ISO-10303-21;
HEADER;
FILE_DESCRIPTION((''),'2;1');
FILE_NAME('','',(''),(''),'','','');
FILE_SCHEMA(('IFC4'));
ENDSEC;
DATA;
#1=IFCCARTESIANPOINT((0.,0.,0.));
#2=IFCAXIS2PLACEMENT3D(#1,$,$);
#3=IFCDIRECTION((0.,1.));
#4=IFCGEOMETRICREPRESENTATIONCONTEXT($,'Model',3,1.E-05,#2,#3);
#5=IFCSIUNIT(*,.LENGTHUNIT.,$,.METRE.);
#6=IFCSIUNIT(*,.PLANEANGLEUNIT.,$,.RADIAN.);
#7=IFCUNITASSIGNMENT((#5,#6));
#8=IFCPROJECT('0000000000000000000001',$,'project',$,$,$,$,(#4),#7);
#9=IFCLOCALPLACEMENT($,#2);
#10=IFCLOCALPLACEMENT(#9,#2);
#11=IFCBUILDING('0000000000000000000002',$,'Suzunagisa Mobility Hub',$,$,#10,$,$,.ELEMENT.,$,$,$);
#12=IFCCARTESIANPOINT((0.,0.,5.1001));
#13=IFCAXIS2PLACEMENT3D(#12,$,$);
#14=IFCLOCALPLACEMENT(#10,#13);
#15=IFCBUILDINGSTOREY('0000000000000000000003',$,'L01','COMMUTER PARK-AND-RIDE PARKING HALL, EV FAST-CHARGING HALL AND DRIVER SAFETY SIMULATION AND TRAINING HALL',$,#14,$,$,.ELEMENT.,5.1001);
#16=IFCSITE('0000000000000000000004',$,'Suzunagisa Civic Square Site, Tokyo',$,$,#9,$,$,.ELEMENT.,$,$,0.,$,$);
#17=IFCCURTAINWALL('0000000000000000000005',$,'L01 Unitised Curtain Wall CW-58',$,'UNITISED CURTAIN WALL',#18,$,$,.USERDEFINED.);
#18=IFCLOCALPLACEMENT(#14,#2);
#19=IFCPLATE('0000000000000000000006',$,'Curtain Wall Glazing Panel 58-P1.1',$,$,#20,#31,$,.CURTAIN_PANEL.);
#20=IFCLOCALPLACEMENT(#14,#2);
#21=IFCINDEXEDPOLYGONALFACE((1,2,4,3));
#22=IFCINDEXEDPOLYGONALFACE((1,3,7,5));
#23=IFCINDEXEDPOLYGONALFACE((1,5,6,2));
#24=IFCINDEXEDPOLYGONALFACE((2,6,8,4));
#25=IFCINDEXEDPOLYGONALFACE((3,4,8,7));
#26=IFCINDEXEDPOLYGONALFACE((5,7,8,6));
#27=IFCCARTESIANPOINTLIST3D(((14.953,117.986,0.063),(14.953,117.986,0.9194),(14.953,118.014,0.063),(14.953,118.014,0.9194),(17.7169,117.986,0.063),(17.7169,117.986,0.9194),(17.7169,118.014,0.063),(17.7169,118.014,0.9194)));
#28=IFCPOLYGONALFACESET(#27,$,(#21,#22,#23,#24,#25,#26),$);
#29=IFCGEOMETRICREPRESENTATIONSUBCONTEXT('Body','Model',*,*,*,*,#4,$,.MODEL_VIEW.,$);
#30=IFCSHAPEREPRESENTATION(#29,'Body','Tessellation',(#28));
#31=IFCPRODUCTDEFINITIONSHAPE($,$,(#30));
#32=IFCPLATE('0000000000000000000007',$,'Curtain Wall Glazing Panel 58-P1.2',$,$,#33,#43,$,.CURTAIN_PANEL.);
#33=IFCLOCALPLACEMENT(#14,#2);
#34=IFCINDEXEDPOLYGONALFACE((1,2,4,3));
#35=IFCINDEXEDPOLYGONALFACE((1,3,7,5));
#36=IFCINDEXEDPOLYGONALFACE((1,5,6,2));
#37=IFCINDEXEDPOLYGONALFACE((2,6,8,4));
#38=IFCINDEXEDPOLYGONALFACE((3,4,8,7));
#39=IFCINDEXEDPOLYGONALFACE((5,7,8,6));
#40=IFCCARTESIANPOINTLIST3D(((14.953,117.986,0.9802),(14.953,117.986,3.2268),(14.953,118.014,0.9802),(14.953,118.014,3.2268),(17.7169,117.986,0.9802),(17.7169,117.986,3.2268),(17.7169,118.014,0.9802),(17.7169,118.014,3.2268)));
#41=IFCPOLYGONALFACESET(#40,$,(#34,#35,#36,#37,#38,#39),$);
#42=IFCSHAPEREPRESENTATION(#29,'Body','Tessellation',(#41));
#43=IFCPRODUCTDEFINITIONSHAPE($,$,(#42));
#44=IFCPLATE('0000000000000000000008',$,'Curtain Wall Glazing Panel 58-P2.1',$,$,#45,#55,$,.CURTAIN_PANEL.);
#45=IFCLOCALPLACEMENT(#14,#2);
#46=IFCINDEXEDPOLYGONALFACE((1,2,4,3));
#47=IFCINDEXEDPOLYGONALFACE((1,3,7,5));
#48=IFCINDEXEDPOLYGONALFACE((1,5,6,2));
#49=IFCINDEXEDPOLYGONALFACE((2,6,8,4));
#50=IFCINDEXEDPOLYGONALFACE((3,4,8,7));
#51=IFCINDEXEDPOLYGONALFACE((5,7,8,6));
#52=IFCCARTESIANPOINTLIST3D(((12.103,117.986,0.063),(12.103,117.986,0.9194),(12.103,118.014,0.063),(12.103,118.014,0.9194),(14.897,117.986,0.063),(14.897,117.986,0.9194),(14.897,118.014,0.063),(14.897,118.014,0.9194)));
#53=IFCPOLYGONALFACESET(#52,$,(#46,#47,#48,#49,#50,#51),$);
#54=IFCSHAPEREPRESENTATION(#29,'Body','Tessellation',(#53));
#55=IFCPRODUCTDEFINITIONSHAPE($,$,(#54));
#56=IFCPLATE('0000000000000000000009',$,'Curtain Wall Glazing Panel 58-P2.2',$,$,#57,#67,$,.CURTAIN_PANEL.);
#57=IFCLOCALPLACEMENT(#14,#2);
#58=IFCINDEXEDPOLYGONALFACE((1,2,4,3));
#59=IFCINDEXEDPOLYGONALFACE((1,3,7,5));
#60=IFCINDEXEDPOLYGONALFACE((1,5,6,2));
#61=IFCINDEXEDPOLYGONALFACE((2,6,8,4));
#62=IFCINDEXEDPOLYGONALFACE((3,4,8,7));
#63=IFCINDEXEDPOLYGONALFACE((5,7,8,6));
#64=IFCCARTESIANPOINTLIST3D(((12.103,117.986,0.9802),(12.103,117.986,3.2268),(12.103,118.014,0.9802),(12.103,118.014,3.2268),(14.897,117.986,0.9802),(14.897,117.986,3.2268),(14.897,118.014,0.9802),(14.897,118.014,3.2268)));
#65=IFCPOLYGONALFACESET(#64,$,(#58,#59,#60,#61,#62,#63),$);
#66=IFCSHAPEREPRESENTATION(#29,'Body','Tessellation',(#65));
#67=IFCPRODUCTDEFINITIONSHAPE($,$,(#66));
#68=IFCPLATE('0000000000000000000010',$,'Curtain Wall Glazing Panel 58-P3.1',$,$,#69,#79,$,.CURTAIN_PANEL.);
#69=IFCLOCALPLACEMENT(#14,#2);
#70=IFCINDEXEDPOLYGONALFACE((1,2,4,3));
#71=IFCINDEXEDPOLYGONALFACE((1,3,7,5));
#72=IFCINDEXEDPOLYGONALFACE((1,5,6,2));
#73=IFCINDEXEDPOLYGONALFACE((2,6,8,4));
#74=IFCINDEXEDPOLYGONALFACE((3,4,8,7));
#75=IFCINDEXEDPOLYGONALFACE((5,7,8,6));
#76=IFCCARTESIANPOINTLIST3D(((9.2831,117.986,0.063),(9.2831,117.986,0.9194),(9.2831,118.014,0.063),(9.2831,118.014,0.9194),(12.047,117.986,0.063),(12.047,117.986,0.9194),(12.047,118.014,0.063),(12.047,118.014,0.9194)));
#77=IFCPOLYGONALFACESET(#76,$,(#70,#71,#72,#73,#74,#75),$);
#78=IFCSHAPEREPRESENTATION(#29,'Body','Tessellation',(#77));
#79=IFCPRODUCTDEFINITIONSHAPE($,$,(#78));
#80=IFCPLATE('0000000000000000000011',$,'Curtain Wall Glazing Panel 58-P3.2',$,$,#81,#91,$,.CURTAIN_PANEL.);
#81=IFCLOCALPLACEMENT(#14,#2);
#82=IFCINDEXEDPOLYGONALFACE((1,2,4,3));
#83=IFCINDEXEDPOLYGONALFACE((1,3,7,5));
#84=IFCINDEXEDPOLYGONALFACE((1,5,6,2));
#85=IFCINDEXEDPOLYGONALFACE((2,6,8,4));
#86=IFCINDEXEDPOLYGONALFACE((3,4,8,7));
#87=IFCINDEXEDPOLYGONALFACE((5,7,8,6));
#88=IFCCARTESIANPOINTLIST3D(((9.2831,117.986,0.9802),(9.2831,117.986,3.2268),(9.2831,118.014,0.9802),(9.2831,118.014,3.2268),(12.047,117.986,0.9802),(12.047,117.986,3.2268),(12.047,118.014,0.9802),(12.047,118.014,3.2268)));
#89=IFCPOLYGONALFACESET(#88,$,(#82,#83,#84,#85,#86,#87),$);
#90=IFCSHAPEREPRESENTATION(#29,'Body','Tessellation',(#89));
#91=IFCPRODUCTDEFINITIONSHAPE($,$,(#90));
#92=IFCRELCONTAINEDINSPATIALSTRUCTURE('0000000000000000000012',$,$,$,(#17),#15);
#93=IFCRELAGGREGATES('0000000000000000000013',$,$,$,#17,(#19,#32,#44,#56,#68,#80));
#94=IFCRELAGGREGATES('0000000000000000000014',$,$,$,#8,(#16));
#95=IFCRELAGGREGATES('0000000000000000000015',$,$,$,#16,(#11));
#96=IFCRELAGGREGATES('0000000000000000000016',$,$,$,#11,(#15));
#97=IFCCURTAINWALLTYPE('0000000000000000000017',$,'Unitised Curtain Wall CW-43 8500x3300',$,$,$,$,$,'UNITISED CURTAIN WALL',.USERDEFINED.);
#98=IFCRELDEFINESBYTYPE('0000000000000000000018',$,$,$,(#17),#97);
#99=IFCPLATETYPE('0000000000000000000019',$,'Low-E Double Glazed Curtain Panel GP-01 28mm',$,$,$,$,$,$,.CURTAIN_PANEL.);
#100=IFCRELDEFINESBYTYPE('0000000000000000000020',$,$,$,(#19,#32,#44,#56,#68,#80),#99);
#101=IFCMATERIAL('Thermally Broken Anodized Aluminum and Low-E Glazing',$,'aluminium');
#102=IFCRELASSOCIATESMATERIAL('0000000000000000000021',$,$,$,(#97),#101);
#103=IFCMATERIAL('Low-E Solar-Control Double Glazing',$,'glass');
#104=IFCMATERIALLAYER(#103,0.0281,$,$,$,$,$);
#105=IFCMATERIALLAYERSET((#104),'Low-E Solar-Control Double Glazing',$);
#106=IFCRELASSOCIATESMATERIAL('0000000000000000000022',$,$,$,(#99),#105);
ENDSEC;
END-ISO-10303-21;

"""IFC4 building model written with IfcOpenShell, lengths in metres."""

from ifc_helpers import new_model, si_unit, direction, frame, origin, origin_2d, place, context, subcontext, project, spatial, rectangle, extrude, material, layer, layer_set, type_object, element, aggregate, save


model = new_model("IFC4")

# Units and contexts
model_context = context("Model", 3, precision=1e-05, world=origin(), true_north=direction((0.0, 1.0)))
body_context = subcontext(model_context, "Body", "Model", "MODEL_VIEW")
ifc_project = project(units=[si_unit("LENGTHUNIT", "METRE"), si_unit("PLANEANGLEUNIT", "RADIAN")], contexts=[model_context])

# Site, building, storey
site_placement = place(None, origin())
site = spatial("IfcSite", under=ifc_project, at=site_placement, Name="Suzunagisa Civic Square Site, Tokyo", CompositionType="ELEMENT", RefElevation=0.0)
building_placement = place(site_placement, origin())
building = spatial("IfcBuilding", under=site, at=building_placement, Name="Suzunagisa Mobility Hub", CompositionType="ELEMENT")
storey_placement = place(building_placement, frame((0.0, 0.0, 5.1001)))
storey = spatial("IfcBuildingStorey", under=building, at=storey_placement, Name="L01", Description="COMMUTER PARK-AND-RIDE PARKING HALL, EV FAST-CHARGING HALL AND DRIVER SAFETY SIMULATION AND TRAINING HALL", CompositionType="ELEMENT", Elevation=5.1001)

# Curtain wall
ifc_material_1 = material(Name="Thermally Broken Anodized Aluminum and Low-E Glazing", Category="aluminium")
curtain_wall_type = type_object("IfcCurtainWallType", Name="Unitised Curtain Wall CW-43 8500x3300", ElementType="UNITISED CURTAIN WALL", PredefinedType="USERDEFINED", material=ifc_material_1)
curtain_wall_placement = place(storey_placement, origin())
curtain_wall = element("IfcCurtainWall", 1, at=curtain_wall_placement, inside=storey, type_object=curtain_wall_type, Name="L01 Unitised Curtain Wall CW-58", ObjectType="UNITISED CURTAIN WALL", PredefinedType="USERDEFINED")

# Plates
ifc_material_2 = material(Name="Low-E Solar-Control Double Glazing", Category="glass")
ifc_layer = layer(ifc_material_2, 0.0281)
ifc_layer_set = layer_set([ifc_layer], Name="Low-E Solar-Control Double Glazing")
plate_type = type_object("IfcPlateType", Name="Low-E Double Glazed Curtain Panel GP-01 28mm", PredefinedType="CURTAIN_PANEL", material=ifc_layer_set)
plate_1_placement = place(storey_placement, frame((16.335, 118.0, 0.063), z_axis=(0.0, 0.0, 1.0), x_axis=(-1.0, 0.0, 0.0)))
plate_1 = element("IfcPlate", 2, at=plate_1_placement, type_object=plate_type, Name="Curtain Wall Glazing Panel 58-P1.1", PredefinedType="CURTAIN_PANEL", context=body_context, shape_type="SweptSolid", body=[
    extrude(rectangle(XDim=2.7639, YDim=0.0281, at=origin_2d()), origin(), (0.0, 0.0, 1.0), 0.8564),
])
plate_2_placement = place(storey_placement, frame((16.335, 118.0, 0.9802), z_axis=(0.0, 0.0, 1.0), x_axis=(-1.0, 0.0, 0.0)))
plate_2 = element("IfcPlate", 3, at=plate_2_placement, type_object=plate_type, Name="Curtain Wall Glazing Panel 58-P1.2", PredefinedType="CURTAIN_PANEL", context=body_context, shape_type="SweptSolid", body=[
    extrude(rectangle(XDim=2.7639, YDim=0.0281, at=origin_2d()), origin(), (0.0, 0.0, 1.0), 2.2466),
])
plate_3_placement = place(storey_placement, frame((13.5, 118.0, 0.063), z_axis=(0.0, 0.0, 1.0), x_axis=(-1.0, 0.0, 0.0)))
plate_3 = element("IfcPlate", 4, at=plate_3_placement, type_object=plate_type, Name="Curtain Wall Glazing Panel 58-P2.1", PredefinedType="CURTAIN_PANEL", context=body_context, shape_type="SweptSolid", body=[
    extrude(rectangle(XDim=2.7939, YDim=0.0281, at=origin_2d()), origin(), (0.0, 0.0, 1.0), 0.8564),
])
plate_4_placement = place(storey_placement, frame((13.5, 118.0, 0.9802), z_axis=(0.0, 0.0, 1.0), x_axis=(-1.0, 0.0, 0.0)))
plate_4 = element("IfcPlate", 5, at=plate_4_placement, type_object=plate_type, Name="Curtain Wall Glazing Panel 58-P2.2", PredefinedType="CURTAIN_PANEL", context=body_context, shape_type="SweptSolid", body=[
    extrude(rectangle(XDim=2.7939, YDim=0.0281, at=origin_2d()), origin(), (0.0, 0.0, 1.0), 2.2466),
])
plate_5_placement = place(storey_placement, frame((10.665, 118.0, 0.063), z_axis=(0.0, 0.0, 1.0), x_axis=(-1.0, 0.0, 0.0)))
plate_5 = element("IfcPlate", 6, at=plate_5_placement, type_object=plate_type, Name="Curtain Wall Glazing Panel 58-P3.1", PredefinedType="CURTAIN_PANEL", context=body_context, shape_type="SweptSolid", body=[
    extrude(rectangle(XDim=2.7639, YDim=0.0281, at=origin_2d()), origin(), (0.0, 0.0, 1.0), 0.8564),
])
plate_6_placement = place(storey_placement, frame((10.665, 118.0, 0.9802), z_axis=(0.0, 0.0, 1.0), x_axis=(-1.0, 0.0, 0.0)))
plate_6 = element("IfcPlate", 7, at=plate_6_placement, type_object=plate_type, Name="Curtain Wall Glazing Panel 58-P3.2", PredefinedType="CURTAIN_PANEL", context=body_context, shape_type="SweptSolid", body=[
    extrude(rectangle(XDim=2.7639, YDim=0.0281, at=origin_2d()), origin(), (0.0, 0.0, 1.0), 2.2466),
])
aggregate(curtain_wall, [plate_1, plate_2, plate_3, plate_4, plate_5, plate_6])

save(model, "model.ifc")
